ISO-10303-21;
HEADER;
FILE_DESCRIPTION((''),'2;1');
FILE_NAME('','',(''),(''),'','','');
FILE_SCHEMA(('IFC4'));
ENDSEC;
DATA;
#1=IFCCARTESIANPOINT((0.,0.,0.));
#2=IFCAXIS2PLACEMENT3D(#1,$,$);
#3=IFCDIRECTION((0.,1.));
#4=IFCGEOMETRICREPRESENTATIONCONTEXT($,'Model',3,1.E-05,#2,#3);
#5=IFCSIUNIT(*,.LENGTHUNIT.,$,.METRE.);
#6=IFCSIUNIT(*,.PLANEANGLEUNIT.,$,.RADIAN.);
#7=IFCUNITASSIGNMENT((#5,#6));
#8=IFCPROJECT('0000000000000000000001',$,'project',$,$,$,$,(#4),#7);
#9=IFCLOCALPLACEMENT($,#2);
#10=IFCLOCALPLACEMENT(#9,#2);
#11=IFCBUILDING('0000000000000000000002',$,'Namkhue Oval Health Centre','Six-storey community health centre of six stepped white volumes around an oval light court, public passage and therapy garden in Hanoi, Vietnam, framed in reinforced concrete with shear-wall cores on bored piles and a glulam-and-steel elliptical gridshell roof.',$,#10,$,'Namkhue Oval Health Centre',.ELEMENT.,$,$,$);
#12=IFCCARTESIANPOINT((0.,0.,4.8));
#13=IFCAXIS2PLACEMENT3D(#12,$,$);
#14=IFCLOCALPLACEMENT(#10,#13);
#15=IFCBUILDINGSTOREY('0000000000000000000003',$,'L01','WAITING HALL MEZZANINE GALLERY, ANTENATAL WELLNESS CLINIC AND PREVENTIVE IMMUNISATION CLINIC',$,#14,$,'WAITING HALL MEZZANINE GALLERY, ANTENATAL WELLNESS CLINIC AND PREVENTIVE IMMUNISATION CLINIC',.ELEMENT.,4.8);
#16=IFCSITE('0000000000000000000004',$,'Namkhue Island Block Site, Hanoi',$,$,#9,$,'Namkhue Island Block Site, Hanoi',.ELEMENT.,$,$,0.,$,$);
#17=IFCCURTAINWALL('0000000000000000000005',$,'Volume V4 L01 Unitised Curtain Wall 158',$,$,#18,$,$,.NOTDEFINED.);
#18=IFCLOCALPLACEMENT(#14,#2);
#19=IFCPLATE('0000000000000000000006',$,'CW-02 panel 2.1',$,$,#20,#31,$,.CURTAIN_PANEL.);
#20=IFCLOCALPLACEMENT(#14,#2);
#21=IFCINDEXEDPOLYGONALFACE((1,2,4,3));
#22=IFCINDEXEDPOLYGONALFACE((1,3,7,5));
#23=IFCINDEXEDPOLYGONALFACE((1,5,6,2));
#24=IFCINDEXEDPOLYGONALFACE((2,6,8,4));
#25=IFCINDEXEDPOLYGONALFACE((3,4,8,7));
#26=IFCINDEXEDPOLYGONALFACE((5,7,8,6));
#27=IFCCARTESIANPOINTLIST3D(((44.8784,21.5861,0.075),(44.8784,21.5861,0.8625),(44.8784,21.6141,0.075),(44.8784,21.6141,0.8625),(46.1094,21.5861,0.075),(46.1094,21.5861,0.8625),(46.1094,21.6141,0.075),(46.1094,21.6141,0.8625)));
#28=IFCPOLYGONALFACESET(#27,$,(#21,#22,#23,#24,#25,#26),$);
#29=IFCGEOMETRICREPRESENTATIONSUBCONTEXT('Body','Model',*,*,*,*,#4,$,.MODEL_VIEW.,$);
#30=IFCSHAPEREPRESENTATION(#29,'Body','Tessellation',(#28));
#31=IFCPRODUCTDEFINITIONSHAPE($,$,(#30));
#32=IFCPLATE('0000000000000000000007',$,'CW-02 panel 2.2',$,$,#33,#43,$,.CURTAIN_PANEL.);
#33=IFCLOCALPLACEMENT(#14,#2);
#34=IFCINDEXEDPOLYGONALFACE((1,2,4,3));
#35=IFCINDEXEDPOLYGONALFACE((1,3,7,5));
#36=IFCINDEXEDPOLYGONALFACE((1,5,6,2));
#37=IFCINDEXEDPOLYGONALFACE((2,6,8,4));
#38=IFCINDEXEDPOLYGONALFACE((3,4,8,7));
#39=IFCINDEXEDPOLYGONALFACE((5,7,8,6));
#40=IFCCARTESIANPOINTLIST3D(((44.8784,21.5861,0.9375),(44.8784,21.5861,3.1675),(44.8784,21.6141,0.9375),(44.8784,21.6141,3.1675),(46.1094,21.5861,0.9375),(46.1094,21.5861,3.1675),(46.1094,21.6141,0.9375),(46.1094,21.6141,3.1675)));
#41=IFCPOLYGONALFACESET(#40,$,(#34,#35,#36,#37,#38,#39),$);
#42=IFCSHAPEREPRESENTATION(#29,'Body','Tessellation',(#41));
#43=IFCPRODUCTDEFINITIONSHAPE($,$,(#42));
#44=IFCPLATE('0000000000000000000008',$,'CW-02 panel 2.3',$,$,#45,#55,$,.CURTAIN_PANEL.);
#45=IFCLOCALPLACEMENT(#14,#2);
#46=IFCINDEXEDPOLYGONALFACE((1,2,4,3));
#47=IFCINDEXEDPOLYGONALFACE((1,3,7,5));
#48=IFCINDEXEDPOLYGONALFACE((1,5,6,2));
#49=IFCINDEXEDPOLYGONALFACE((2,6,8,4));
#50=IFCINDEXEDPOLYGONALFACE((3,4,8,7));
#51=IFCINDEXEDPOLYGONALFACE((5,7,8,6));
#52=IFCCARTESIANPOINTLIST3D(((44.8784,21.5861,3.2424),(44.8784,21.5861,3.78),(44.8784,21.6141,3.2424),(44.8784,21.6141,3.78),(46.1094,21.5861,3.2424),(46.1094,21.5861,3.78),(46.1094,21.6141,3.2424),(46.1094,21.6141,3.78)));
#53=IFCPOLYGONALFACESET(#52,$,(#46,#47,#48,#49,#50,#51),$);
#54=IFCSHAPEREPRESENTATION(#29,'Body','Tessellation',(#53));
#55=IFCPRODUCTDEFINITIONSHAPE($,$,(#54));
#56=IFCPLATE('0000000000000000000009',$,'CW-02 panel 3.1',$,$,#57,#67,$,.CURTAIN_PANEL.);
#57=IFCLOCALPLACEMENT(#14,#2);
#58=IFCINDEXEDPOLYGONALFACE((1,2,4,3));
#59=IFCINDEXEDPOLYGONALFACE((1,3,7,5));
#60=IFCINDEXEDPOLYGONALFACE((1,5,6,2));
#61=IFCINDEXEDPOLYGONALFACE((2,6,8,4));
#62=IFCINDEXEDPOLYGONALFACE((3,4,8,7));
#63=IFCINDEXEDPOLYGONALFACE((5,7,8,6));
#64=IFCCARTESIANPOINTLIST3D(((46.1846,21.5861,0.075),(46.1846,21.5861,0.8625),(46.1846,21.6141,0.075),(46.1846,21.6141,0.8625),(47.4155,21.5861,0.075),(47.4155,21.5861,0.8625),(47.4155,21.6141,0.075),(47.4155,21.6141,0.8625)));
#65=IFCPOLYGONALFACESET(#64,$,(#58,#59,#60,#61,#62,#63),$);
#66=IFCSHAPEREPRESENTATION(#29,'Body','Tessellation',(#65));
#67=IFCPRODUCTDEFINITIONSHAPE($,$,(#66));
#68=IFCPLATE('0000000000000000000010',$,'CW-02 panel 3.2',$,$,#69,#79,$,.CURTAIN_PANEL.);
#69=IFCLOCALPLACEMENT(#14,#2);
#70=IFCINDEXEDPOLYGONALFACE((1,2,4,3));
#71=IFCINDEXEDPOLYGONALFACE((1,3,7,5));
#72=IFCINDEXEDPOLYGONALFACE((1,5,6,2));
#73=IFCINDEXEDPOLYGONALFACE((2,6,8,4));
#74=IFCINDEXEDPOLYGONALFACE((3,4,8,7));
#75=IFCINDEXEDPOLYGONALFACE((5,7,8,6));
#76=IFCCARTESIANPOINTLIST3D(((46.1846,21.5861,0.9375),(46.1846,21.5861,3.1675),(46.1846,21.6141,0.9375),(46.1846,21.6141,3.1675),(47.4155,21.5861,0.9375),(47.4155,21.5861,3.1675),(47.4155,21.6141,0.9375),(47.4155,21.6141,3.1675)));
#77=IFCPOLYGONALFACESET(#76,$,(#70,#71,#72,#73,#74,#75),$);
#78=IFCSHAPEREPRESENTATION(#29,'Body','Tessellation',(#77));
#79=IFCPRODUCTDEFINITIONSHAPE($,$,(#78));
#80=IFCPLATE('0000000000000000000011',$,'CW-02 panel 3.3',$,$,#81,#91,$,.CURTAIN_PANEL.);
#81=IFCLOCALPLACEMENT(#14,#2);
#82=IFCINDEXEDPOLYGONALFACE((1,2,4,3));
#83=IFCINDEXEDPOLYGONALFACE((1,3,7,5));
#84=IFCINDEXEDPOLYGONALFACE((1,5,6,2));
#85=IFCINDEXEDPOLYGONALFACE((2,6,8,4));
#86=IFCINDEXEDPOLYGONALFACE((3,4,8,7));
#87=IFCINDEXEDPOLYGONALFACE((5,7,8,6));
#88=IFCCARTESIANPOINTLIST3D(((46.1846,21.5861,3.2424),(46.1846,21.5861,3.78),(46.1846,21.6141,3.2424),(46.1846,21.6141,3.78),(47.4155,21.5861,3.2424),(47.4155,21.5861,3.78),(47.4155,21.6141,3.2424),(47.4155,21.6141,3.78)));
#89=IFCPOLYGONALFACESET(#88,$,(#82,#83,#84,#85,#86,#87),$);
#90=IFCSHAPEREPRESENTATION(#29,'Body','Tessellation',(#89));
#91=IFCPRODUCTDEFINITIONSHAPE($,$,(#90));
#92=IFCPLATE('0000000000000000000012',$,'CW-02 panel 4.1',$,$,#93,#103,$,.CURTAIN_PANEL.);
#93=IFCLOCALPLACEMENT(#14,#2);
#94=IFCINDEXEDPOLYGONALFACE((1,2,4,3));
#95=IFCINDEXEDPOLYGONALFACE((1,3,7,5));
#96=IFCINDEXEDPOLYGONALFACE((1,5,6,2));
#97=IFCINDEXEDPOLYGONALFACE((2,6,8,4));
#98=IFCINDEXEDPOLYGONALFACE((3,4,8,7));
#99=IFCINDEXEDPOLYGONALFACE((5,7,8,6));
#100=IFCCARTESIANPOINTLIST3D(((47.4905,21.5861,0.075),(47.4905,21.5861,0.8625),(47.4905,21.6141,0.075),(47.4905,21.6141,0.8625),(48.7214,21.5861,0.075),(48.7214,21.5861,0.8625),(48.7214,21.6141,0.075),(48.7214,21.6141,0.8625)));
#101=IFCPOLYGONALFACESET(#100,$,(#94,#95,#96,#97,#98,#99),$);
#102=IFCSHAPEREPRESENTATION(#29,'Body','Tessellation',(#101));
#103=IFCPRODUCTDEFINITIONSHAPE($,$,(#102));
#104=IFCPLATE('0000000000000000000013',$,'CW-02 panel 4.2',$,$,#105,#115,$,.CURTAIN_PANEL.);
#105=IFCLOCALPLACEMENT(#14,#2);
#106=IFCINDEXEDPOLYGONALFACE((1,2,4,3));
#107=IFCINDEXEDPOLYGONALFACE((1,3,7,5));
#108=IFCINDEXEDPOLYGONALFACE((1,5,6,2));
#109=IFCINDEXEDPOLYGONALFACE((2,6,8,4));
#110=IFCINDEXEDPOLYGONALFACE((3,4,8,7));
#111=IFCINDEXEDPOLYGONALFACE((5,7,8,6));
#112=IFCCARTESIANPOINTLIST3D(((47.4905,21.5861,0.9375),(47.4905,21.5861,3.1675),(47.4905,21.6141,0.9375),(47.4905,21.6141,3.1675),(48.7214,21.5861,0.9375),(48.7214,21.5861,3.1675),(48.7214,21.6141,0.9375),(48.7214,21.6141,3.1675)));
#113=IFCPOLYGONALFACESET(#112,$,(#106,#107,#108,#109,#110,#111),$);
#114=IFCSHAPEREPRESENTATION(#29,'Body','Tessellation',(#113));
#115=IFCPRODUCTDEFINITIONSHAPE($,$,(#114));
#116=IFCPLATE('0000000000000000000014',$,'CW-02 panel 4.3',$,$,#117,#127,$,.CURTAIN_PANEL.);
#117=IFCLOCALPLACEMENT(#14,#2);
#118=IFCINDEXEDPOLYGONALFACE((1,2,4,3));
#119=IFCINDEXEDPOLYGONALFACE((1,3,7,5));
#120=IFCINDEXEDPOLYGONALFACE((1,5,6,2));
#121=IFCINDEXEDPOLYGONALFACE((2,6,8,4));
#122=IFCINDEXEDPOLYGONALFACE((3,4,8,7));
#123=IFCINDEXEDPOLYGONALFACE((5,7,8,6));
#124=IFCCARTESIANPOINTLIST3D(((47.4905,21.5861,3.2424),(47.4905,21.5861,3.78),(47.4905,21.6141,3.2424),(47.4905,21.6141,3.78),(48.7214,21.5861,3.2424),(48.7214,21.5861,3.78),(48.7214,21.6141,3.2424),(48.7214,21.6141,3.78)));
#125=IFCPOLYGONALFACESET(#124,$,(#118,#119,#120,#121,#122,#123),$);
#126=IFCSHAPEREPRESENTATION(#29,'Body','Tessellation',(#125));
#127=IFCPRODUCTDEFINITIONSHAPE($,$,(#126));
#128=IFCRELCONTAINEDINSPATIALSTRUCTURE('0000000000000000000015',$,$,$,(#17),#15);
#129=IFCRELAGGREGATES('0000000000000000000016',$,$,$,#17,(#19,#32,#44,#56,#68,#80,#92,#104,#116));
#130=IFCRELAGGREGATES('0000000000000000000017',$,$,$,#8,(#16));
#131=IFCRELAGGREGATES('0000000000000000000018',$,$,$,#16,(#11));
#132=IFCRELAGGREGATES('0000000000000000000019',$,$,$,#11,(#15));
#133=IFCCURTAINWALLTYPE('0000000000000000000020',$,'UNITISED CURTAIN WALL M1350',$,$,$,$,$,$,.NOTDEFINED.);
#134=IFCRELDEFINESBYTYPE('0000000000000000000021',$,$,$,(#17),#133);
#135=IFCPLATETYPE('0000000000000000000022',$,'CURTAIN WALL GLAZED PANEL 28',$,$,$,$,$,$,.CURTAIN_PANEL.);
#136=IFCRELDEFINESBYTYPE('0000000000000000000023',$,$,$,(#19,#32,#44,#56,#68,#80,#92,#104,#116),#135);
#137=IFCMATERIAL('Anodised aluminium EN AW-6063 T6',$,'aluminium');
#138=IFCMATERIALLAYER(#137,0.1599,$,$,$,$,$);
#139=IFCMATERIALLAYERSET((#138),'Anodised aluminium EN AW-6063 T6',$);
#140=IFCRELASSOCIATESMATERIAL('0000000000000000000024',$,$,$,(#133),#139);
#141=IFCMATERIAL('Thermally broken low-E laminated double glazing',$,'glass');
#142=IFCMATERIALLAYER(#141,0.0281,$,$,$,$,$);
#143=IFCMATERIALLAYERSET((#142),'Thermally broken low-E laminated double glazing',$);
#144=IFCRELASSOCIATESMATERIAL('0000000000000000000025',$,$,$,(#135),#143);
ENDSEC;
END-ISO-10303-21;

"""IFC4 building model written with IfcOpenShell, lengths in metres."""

from ifc_helpers import new_model, si_unit, direction, frame, origin, origin_2d, place, context, subcontext, project, spatial, rectangle, extrude, material, layer, layer_set, type_object, element, aggregate, save


model = new_model("IFC4")

# Units and contexts
model_context = context("Model", 3, precision=1e-05, world=origin(), true_north=direction((0.0, 1.0)))
body_context = subcontext(model_context, "Body", "Model", "MODEL_VIEW")
ifc_project = project(units=[si_unit("LENGTHUNIT", "METRE"), si_unit("PLANEANGLEUNIT", "RADIAN")], contexts=[model_context])

# Site, building, storey
site_placement = place(None, origin())
site = spatial("IfcSite", under=ifc_project, at=site_placement, Name="Namkhue Island Block Site, Hanoi", LongName="Namkhue Island Block Site, Hanoi", CompositionType="ELEMENT", RefElevation=0.0)
building_placement = place(site_placement, origin())
building = spatial("IfcBuilding", under=site, at=building_placement, Name="Namkhue Oval Health Centre", Description="Six-storey community health centre of six stepped white volumes around an oval light court, public passage and therapy garden in Hanoi, Vietnam, framed in reinforced concrete with shear-wall cores on bored piles and a glulam-and-steel elliptical gridshell roof.", LongName="Namkhue Oval Health Centre", CompositionType="ELEMENT")
storey_placement = place(building_placement, frame((0.0, 0.0, 4.8)))
storey = spatial("IfcBuildingStorey", under=building, at=storey_placement, Name="L01", Description="WAITING HALL MEZZANINE GALLERY, ANTENATAL WELLNESS CLINIC AND PREVENTIVE IMMUNISATION CLINIC", LongName="WAITING HALL MEZZANINE GALLERY, ANTENATAL WELLNESS CLINIC AND PREVENTIVE IMMUNISATION CLINIC", CompositionType="ELEMENT", Elevation=4.8)

# Curtain wall, plates
ifc_material_1 = material(Name="Anodised aluminium EN AW-6063 T6", Category="aluminium")
ifc_layer_1 = layer(ifc_material_1, 0.1599)
ifc_layer_set_1 = layer_set([ifc_layer_1], Name="Anodised aluminium EN AW-6063 T6")
curtain_wall_type = type_object("IfcCurtainWallType", Name="UNITISED CURTAIN WALL M1350", PredefinedType="NOTDEFINED", material=ifc_layer_set_1)
curtain_wall_placement = place(storey_placement, origin())
curtain_wall = element("IfcCurtainWall", 1, at=curtain_wall_placement, inside=storey, type_object=curtain_wall_type, Name="Volume V4 L01 Unitised Curtain Wall 158", PredefinedType="NOTDEFINED")
ifc_material_2 = material(Name="Thermally broken low-E laminated double glazing", Category="glass")
ifc_layer_2 = layer(ifc_material_2, 0.0281)
ifc_layer_set_2 = layer_set([ifc_layer_2], Name="Thermally broken low-E laminated double glazing")
plate_type = type_object("IfcPlateType", Name="CURTAIN WALL GLAZED PANEL 28", PredefinedType="CURTAIN_PANEL", material=ifc_layer_set_2)
plate_1_placement = place(storey_placement, frame((45.4939, 21.6001, 0.075), z_axis=(0.0, 0.0, 1.0), x_axis=(1.0, 0.0, 0.0)))
plate_1 = element("IfcPlate", 2, at=plate_1_placement, type_object=plate_type, Name="CW-02 panel 2.1", PredefinedType="CURTAIN_PANEL", context=body_context, shape_type="SweptSolid", body=[
    extrude(rectangle(XDim=1.231, YDim=0.0281, at=origin_2d()), origin(), (0.0, 0.0, 1.0), 0.7876),
])
plate_2_placement = place(storey_placement, frame((45.4939, 21.6001, 0.9375), z_axis=(0.0, 0.0, 1.0), x_axis=(1.0, 0.0, 0.0)))
plate_2 = element("IfcPlate", 3, at=plate_2_placement, type_object=plate_type, Name="CW-02 panel 2.2", PredefinedType="CURTAIN_PANEL", context=body_context, shape_type="SweptSolid", body=[
    extrude(rectangle(XDim=1.231, YDim=0.0281, at=origin_2d()), origin(), (0.0, 0.0, 1.0), 2.23),
])
plate_3_placement = place(storey_placement, frame((45.4939, 21.6001, 3.2424), z_axis=(0.0, 0.0, 1.0), x_axis=(1.0, 0.0, 0.0)))
plate_3 = element("IfcPlate", 4, at=plate_3_placement, type_object=plate_type, Name="CW-02 panel 2.3", PredefinedType="CURTAIN_PANEL", context=body_context, shape_type="SweptSolid", body=[
    extrude(rectangle(XDim=1.231, YDim=0.0281, at=origin_2d()), origin(), (0.0, 0.0, 1.0), 0.5376),
])
plate_4_placement = place(storey_placement, frame((46.8, 21.6001, 0.075), z_axis=(0.0, 0.0, 1.0), x_axis=(1.0, 0.0, 0.0)))
plate_4 = element("IfcPlate", 5, at=plate_4_placement, type_object=plate_type, Name="CW-02 panel 3.1", PredefinedType="CURTAIN_PANEL", context=body_context, shape_type="SweptSolid", body=[
    extrude(rectangle(XDim=1.231, YDim=0.0281, at=origin_2d()), origin(), (0.0, 0.0, 1.0), 0.7876),
])
plate_5_placement = place(storey_placement, frame((46.8, 21.6001, 0.9375), z_axis=(0.0, 0.0, 1.0), x_axis=(1.0, 0.0, 0.0)))
plate_5 = element("IfcPlate", 6, at=plate_5_placement, type_object=plate_type, Name="CW-02 panel 3.2", PredefinedType="CURTAIN_PANEL", context=body_context, shape_type="SweptSolid", body=[
    extrude(rectangle(XDim=1.231, YDim=0.0281, at=origin_2d()), origin(), (0.0, 0.0, 1.0), 2.23),
])
plate_6_placement = place(storey_placement, frame((46.8, 21.6001, 3.2424), z_axis=(0.0, 0.0, 1.0), x_axis=(1.0, 0.0, 0.0)))
plate_6 = element("IfcPlate", 7, at=plate_6_placement, type_object=plate_type, Name="CW-02 panel 3.3", PredefinedType="CURTAIN_PANEL", context=body_context, shape_type="SweptSolid", body=[
    extrude(rectangle(XDim=1.231, YDim=0.0281, at=origin_2d()), origin(), (0.0, 0.0, 1.0), 0.5376),
])
plate_7_placement = place(storey_placement, frame((48.106, 21.6001, 0.075), z_axis=(0.0, 0.0, 1.0), x_axis=(1.0, 0.0, 0.0)))
plate_7 = element("IfcPlate", 8, at=plate_7_placement, type_object=plate_type, Name="CW-02 panel 4.1", PredefinedType="CURTAIN_PANEL", context=body_context, shape_type="SweptSolid", body=[
    extrude(rectangle(XDim=1.231, YDim=0.0281, at=origin_2d()), origin(), (0.0, 0.0, 1.0), 0.7876),
])
plate_8_placement = place(storey_placement, frame((48.106, 21.6001, 0.9375), z_axis=(0.0, 0.0, 1.0), x_axis=(1.0, 0.0, 0.0)))
plate_8 = element("IfcPlate", 9, at=plate_8_placement, type_object=plate_type, Name="CW-02 panel 4.2", PredefinedType="CURTAIN_PANEL", context=body_context, shape_type="SweptSolid", body=[
    extrude(rectangle(XDim=1.231, YDim=0.0281, at=origin_2d()), origin(), (0.0, 0.0, 1.0), 2.23),
])
plate_9_placement = place(storey_placement, frame((48.106, 21.6001, 3.2424), z_axis=(0.0, 0.0, 1.0), x_axis=(1.0, 0.0, 0.0)))
plate_9 = element("IfcPlate", 10, at=plate_9_placement, type_object=plate_type, Name="CW-02 panel 4.3", PredefinedType="CURTAIN_PANEL", context=body_context, shape_type="SweptSolid", body=[
    extrude(rectangle(XDim=1.231, YDim=0.0281, at=origin_2d()), origin(), (0.0, 0.0, 1.0), 0.5376),
])
aggregate(curtain_wall, [plate_1, plate_2, plate_3, plate_4, plate_5, plate_6, plate_7, plate_8, plate_9])

save(model, "model.ifc")
